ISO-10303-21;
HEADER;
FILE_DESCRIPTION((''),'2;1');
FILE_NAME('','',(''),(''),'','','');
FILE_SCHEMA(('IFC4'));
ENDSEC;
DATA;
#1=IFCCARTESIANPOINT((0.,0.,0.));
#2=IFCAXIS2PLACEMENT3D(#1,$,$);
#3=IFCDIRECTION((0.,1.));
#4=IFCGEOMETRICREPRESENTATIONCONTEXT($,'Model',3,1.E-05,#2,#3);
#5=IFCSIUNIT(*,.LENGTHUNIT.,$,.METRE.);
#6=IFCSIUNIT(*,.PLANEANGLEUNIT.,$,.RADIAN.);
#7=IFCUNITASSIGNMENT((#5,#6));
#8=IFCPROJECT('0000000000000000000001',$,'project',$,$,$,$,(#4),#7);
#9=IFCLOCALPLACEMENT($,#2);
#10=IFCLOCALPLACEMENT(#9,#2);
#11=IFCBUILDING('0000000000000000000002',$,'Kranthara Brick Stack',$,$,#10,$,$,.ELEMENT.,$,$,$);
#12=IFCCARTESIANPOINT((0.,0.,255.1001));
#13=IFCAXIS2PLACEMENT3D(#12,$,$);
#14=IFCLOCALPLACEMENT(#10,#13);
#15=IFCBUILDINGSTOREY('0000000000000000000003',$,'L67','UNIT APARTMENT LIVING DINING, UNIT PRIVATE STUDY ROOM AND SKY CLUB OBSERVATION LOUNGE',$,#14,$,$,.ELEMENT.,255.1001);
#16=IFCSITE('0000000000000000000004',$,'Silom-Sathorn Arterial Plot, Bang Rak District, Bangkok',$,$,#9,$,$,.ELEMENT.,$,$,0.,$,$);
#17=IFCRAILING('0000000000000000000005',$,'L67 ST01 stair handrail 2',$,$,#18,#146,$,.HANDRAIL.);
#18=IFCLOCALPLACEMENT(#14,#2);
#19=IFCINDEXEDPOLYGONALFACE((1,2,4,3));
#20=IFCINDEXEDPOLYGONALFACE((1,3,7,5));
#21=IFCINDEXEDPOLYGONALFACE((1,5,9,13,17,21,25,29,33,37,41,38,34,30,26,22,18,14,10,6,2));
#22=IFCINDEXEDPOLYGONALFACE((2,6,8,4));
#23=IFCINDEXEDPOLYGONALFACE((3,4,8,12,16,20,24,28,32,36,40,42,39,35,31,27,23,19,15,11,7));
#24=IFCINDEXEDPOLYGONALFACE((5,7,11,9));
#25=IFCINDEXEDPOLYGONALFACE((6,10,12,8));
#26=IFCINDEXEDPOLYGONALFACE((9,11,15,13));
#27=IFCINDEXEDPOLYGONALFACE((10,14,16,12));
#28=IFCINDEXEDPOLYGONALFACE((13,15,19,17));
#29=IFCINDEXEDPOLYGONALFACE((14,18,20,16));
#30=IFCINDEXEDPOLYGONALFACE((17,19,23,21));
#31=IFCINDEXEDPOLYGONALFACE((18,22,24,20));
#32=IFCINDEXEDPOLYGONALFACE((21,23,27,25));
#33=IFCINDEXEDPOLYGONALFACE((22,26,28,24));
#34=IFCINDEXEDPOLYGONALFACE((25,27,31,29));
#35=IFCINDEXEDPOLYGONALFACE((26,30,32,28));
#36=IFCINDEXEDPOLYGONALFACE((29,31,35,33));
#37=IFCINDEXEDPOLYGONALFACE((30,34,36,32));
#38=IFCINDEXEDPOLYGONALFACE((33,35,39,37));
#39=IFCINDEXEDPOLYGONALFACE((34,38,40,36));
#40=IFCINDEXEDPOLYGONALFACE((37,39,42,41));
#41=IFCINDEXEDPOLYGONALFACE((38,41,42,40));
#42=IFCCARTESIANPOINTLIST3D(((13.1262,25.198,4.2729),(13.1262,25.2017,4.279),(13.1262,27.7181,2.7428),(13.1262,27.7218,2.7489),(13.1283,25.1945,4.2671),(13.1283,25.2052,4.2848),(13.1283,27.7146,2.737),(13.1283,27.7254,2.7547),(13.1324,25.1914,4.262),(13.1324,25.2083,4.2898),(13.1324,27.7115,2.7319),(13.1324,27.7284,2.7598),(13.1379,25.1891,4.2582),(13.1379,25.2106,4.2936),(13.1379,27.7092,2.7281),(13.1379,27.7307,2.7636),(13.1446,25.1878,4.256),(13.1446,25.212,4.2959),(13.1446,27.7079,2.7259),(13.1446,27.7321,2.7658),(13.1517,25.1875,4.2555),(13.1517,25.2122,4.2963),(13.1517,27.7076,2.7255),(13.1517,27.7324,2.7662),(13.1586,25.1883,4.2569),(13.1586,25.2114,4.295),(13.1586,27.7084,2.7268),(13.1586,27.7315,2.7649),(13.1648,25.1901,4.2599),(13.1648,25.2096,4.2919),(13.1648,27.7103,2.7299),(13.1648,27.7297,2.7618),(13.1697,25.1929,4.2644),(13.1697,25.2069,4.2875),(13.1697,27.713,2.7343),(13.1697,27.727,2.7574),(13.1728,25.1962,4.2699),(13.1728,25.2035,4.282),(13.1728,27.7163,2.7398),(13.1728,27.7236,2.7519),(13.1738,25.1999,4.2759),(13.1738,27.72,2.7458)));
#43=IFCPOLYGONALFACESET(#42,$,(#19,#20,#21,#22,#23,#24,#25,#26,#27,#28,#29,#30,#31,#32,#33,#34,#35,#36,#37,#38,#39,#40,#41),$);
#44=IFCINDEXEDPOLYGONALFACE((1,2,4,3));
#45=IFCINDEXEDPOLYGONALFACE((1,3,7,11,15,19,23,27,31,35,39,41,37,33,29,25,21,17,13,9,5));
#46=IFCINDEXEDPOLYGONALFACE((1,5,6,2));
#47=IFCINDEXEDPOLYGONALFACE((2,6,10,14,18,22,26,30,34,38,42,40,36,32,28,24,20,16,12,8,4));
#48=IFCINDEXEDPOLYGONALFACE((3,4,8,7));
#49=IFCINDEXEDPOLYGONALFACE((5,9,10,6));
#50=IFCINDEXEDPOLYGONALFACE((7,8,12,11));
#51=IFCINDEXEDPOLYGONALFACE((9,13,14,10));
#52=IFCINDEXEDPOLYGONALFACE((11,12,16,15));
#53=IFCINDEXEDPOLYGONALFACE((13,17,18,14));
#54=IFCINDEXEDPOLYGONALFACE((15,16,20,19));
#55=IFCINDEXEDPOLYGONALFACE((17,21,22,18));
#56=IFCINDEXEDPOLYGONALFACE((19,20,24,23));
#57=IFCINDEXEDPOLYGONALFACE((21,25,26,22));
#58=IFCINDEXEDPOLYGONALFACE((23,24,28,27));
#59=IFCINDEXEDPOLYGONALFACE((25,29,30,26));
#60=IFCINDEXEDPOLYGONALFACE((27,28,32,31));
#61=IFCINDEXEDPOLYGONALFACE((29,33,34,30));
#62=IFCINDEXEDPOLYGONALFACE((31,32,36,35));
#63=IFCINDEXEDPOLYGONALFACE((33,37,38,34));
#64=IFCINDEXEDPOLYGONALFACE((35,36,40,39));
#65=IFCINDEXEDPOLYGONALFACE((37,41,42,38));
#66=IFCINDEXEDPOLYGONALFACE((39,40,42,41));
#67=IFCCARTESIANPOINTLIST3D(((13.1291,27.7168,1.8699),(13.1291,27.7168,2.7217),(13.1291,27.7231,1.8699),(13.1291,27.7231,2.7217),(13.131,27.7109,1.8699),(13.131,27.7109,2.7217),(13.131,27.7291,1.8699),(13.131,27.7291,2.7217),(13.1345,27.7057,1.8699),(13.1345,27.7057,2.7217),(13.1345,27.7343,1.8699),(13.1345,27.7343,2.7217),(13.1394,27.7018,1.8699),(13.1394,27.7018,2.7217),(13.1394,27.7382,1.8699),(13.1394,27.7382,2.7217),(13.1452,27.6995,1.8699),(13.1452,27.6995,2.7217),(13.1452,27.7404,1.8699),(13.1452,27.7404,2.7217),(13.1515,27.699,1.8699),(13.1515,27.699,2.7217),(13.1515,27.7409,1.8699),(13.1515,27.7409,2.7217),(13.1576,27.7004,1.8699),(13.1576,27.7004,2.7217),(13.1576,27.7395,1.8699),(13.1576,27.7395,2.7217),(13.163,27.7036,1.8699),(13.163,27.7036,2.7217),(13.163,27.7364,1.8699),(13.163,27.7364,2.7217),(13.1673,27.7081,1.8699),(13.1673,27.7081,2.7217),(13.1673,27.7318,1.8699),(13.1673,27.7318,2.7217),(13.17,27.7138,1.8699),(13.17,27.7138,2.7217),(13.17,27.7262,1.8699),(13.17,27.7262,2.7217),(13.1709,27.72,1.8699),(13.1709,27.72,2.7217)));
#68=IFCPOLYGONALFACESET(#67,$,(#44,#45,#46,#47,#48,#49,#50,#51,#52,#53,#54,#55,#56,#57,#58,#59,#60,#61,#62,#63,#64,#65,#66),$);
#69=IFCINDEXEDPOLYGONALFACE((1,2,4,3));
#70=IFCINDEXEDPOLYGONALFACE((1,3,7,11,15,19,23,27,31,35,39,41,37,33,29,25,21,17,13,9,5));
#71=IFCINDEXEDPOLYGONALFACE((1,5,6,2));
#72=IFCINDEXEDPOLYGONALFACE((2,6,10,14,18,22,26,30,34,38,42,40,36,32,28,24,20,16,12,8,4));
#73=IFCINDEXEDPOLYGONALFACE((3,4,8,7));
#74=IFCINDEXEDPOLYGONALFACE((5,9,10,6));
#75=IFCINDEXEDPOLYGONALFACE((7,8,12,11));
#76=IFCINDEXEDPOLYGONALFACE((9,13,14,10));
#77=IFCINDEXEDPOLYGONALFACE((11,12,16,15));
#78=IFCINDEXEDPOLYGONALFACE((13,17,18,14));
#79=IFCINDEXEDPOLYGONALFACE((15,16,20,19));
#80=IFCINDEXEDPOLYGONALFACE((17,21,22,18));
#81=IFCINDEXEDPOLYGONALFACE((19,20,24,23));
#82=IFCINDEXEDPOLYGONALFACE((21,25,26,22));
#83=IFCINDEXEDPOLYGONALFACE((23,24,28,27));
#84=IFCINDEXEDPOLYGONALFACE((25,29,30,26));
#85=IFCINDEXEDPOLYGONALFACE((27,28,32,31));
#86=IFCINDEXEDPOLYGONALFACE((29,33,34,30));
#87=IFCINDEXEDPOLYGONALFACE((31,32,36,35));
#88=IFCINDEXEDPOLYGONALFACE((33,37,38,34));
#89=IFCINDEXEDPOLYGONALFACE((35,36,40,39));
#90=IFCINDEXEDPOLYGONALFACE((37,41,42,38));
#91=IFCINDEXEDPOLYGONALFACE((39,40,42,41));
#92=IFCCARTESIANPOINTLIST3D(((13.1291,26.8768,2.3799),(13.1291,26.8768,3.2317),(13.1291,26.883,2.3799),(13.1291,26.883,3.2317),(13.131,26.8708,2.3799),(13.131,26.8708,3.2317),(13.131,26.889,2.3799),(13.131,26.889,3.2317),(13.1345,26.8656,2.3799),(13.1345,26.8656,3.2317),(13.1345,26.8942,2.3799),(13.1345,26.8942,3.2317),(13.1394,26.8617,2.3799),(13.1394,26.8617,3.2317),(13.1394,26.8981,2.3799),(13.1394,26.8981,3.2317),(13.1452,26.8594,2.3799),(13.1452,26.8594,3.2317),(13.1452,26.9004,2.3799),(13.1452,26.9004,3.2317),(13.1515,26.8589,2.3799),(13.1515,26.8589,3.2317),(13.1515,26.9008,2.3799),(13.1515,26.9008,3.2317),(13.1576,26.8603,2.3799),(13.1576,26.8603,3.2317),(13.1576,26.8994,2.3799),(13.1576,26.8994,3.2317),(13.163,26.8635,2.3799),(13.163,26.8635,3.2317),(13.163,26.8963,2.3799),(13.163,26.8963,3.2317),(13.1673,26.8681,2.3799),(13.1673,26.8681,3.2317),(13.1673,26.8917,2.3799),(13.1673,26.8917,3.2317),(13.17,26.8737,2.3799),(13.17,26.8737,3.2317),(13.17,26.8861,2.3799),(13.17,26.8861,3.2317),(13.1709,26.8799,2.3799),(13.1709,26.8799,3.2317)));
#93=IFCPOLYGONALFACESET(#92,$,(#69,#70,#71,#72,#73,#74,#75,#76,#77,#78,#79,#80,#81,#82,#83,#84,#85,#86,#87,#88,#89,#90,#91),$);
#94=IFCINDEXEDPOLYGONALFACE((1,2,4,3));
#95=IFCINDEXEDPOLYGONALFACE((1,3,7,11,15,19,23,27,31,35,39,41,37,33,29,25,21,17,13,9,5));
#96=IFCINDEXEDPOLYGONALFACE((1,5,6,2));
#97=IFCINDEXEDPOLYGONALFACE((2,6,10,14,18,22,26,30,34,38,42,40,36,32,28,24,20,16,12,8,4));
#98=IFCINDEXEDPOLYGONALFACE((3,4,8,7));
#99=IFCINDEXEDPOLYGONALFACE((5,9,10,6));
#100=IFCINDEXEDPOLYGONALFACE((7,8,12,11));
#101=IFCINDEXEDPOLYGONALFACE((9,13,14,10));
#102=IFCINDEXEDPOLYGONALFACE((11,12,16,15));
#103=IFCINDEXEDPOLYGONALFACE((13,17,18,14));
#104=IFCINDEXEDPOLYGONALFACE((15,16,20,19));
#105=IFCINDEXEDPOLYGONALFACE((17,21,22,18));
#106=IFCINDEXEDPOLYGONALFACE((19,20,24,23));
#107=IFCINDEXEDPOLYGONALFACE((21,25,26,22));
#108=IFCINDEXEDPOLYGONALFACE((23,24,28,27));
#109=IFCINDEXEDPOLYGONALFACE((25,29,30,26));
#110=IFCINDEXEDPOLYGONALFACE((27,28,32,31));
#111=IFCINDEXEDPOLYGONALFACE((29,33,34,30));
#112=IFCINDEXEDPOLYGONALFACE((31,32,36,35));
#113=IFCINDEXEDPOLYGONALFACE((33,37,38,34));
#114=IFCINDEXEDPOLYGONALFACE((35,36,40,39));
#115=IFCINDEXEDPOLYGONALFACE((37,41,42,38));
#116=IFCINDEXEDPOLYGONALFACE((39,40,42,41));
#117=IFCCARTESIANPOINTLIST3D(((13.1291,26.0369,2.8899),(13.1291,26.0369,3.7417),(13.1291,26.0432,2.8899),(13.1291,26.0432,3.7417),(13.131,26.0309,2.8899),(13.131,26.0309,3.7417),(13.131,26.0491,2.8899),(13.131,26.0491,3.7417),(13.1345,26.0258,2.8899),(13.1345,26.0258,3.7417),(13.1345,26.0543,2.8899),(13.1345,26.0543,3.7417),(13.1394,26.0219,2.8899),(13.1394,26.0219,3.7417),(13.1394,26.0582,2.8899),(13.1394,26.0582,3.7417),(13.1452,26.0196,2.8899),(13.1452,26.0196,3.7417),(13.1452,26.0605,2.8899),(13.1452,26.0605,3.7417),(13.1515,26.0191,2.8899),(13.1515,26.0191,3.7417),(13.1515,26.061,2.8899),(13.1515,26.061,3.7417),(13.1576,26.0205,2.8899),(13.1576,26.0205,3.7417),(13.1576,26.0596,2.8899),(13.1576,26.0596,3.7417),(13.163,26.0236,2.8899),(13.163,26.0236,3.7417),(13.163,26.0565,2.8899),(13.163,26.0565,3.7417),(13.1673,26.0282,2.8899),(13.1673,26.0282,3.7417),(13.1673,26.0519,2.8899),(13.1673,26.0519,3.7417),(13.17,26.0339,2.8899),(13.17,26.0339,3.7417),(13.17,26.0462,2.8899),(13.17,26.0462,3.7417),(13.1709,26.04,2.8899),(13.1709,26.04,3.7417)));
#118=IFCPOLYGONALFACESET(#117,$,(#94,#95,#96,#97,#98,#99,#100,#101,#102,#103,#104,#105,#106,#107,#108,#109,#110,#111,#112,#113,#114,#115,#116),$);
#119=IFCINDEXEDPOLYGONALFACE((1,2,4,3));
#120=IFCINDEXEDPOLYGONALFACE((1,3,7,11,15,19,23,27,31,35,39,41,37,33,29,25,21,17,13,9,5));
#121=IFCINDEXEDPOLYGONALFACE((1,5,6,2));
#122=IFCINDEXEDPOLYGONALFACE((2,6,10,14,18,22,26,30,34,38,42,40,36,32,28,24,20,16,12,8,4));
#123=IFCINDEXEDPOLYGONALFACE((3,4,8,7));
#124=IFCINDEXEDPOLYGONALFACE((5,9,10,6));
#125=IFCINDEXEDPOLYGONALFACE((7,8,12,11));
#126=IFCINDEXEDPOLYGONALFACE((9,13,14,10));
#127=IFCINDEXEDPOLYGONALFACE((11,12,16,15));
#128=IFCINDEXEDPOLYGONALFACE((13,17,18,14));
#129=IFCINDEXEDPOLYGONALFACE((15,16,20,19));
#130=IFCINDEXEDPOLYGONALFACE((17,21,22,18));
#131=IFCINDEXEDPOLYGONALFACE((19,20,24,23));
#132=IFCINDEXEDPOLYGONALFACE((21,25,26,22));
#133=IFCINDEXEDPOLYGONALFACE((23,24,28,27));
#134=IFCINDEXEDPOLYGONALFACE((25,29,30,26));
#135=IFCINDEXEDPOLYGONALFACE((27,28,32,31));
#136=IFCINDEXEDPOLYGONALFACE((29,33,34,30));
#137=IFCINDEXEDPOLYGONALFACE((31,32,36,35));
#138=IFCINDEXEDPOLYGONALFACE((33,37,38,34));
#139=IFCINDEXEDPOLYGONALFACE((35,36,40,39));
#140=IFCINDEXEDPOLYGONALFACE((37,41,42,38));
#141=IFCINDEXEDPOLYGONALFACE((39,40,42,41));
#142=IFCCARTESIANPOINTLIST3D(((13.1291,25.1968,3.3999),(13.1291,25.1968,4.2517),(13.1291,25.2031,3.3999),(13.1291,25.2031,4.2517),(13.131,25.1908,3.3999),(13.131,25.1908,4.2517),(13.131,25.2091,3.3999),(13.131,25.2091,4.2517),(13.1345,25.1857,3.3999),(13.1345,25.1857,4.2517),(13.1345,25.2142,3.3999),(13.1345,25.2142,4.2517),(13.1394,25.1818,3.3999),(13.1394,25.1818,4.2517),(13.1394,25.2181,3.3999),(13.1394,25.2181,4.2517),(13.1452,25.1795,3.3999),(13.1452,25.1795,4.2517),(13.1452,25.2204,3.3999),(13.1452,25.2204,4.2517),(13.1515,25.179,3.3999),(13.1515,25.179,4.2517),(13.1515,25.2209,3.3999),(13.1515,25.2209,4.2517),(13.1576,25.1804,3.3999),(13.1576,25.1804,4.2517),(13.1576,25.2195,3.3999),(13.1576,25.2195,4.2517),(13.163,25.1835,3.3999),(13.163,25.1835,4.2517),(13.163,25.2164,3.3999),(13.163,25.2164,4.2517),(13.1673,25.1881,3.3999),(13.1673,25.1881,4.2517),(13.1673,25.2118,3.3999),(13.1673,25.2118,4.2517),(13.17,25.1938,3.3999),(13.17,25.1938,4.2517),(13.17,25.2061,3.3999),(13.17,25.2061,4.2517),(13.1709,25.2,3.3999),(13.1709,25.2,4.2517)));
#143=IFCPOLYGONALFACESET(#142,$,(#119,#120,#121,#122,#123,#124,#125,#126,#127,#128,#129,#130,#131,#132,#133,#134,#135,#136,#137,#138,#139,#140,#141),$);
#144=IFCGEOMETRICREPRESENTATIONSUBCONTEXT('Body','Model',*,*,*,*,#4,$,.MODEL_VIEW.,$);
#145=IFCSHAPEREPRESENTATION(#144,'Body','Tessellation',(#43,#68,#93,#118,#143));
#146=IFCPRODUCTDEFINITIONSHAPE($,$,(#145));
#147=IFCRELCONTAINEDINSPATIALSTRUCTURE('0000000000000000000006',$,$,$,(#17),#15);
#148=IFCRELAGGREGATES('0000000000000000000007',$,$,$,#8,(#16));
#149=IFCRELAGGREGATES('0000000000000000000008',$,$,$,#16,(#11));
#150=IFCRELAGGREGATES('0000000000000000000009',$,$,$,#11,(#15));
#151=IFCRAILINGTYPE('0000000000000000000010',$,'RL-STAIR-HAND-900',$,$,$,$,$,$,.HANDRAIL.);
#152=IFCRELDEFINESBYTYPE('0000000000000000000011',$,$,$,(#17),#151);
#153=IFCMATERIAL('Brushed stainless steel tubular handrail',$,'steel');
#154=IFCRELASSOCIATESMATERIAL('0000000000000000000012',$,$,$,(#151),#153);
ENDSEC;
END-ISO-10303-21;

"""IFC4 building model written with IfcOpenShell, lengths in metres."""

from ifc_helpers import new_model, si_unit, direction, frame, origin, origin_2d, place, context, subcontext, project, spatial, circle, extrude, material, type_object, element, save


model = new_model("IFC4")

# Units and contexts
model_context = context("Model", 3, precision=1e-05, world=origin(), true_north=direction((0.0, 1.0)))
body_context = subcontext(model_context, "Body", "Model", "MODEL_VIEW")
ifc_project = project(units=[si_unit("LENGTHUNIT", "METRE"), si_unit("PLANEANGLEUNIT", "RADIAN")], contexts=[model_context])

# Site, building, storey
site_placement = place(None, origin())
site = spatial("IfcSite", under=ifc_project, at=site_placement, Name="Silom-Sathorn Arterial Plot, Bang Rak District, Bangkok", CompositionType="ELEMENT", RefElevation=0.0)
building_placement = place(site_placement, origin())
building = spatial("IfcBuilding", under=site, at=building_placement, Name="Kranthara Brick Stack", CompositionType="ELEMENT")
storey_placement = place(building_placement, frame((0.0, 0.0, 255.1001)))
storey = spatial("IfcBuildingStorey", under=building, at=storey_placement, Name="L67", Description="UNIT APARTMENT LIVING DINING, UNIT PRIVATE STUDY ROOM AND SKY CLUB OBSERVATION LOUNGE", CompositionType="ELEMENT", Elevation=255.1001)

# Railing
ifc_material_1 = material(Name="Brushed stainless steel tubular handrail", Category="steel")
railing_type_1 = type_object("IfcRailingType", Name="RL-STAIR-HAND-900", PredefinedType="HANDRAIL", material=ifc_material_1)
railing_1_placement = place(storey_placement, frame((13.1499, 27.72, 1.8699)))
element("IfcRailing", 1, at=railing_1_placement, inside=storey, type_object=railing_type_1, Name="L67 ST01 stair handrail 2", PredefinedType="HANDRAIL", context=body_context, shape_type="SweptSolid", body=[
    extrude(circle(Radius=0.0239, at=origin_2d()), frame((0.0, 0.0, 0.876), z_axis=(0.0, -0.854785, 0.518982), x_axis=(1.0, 0.0, 0.0)), (0.0, 0.0, 1.0), 2.9482),
    extrude(circle(Radius=0.021, at=origin_2d()), origin(), (0.0, 0.0, 1.0), 0.8518),
    extrude(circle(Radius=0.021, at=origin_2d()), frame((0.0, -0.8401, 0.51)), (0.0, 0.0, 1.0), 0.8518),
    extrude(circle(Radius=0.021, at=origin_2d()), frame((0.0, -1.6799, 1.02)), (0.0, 0.0, 1.0), 0.8518),
    extrude(circle(Radius=0.021, at=origin_2d()), frame((0.0, -2.52, 1.53)), (0.0, 0.0, 1.0), 0.8518),
])

save(model, "model.ifc")
